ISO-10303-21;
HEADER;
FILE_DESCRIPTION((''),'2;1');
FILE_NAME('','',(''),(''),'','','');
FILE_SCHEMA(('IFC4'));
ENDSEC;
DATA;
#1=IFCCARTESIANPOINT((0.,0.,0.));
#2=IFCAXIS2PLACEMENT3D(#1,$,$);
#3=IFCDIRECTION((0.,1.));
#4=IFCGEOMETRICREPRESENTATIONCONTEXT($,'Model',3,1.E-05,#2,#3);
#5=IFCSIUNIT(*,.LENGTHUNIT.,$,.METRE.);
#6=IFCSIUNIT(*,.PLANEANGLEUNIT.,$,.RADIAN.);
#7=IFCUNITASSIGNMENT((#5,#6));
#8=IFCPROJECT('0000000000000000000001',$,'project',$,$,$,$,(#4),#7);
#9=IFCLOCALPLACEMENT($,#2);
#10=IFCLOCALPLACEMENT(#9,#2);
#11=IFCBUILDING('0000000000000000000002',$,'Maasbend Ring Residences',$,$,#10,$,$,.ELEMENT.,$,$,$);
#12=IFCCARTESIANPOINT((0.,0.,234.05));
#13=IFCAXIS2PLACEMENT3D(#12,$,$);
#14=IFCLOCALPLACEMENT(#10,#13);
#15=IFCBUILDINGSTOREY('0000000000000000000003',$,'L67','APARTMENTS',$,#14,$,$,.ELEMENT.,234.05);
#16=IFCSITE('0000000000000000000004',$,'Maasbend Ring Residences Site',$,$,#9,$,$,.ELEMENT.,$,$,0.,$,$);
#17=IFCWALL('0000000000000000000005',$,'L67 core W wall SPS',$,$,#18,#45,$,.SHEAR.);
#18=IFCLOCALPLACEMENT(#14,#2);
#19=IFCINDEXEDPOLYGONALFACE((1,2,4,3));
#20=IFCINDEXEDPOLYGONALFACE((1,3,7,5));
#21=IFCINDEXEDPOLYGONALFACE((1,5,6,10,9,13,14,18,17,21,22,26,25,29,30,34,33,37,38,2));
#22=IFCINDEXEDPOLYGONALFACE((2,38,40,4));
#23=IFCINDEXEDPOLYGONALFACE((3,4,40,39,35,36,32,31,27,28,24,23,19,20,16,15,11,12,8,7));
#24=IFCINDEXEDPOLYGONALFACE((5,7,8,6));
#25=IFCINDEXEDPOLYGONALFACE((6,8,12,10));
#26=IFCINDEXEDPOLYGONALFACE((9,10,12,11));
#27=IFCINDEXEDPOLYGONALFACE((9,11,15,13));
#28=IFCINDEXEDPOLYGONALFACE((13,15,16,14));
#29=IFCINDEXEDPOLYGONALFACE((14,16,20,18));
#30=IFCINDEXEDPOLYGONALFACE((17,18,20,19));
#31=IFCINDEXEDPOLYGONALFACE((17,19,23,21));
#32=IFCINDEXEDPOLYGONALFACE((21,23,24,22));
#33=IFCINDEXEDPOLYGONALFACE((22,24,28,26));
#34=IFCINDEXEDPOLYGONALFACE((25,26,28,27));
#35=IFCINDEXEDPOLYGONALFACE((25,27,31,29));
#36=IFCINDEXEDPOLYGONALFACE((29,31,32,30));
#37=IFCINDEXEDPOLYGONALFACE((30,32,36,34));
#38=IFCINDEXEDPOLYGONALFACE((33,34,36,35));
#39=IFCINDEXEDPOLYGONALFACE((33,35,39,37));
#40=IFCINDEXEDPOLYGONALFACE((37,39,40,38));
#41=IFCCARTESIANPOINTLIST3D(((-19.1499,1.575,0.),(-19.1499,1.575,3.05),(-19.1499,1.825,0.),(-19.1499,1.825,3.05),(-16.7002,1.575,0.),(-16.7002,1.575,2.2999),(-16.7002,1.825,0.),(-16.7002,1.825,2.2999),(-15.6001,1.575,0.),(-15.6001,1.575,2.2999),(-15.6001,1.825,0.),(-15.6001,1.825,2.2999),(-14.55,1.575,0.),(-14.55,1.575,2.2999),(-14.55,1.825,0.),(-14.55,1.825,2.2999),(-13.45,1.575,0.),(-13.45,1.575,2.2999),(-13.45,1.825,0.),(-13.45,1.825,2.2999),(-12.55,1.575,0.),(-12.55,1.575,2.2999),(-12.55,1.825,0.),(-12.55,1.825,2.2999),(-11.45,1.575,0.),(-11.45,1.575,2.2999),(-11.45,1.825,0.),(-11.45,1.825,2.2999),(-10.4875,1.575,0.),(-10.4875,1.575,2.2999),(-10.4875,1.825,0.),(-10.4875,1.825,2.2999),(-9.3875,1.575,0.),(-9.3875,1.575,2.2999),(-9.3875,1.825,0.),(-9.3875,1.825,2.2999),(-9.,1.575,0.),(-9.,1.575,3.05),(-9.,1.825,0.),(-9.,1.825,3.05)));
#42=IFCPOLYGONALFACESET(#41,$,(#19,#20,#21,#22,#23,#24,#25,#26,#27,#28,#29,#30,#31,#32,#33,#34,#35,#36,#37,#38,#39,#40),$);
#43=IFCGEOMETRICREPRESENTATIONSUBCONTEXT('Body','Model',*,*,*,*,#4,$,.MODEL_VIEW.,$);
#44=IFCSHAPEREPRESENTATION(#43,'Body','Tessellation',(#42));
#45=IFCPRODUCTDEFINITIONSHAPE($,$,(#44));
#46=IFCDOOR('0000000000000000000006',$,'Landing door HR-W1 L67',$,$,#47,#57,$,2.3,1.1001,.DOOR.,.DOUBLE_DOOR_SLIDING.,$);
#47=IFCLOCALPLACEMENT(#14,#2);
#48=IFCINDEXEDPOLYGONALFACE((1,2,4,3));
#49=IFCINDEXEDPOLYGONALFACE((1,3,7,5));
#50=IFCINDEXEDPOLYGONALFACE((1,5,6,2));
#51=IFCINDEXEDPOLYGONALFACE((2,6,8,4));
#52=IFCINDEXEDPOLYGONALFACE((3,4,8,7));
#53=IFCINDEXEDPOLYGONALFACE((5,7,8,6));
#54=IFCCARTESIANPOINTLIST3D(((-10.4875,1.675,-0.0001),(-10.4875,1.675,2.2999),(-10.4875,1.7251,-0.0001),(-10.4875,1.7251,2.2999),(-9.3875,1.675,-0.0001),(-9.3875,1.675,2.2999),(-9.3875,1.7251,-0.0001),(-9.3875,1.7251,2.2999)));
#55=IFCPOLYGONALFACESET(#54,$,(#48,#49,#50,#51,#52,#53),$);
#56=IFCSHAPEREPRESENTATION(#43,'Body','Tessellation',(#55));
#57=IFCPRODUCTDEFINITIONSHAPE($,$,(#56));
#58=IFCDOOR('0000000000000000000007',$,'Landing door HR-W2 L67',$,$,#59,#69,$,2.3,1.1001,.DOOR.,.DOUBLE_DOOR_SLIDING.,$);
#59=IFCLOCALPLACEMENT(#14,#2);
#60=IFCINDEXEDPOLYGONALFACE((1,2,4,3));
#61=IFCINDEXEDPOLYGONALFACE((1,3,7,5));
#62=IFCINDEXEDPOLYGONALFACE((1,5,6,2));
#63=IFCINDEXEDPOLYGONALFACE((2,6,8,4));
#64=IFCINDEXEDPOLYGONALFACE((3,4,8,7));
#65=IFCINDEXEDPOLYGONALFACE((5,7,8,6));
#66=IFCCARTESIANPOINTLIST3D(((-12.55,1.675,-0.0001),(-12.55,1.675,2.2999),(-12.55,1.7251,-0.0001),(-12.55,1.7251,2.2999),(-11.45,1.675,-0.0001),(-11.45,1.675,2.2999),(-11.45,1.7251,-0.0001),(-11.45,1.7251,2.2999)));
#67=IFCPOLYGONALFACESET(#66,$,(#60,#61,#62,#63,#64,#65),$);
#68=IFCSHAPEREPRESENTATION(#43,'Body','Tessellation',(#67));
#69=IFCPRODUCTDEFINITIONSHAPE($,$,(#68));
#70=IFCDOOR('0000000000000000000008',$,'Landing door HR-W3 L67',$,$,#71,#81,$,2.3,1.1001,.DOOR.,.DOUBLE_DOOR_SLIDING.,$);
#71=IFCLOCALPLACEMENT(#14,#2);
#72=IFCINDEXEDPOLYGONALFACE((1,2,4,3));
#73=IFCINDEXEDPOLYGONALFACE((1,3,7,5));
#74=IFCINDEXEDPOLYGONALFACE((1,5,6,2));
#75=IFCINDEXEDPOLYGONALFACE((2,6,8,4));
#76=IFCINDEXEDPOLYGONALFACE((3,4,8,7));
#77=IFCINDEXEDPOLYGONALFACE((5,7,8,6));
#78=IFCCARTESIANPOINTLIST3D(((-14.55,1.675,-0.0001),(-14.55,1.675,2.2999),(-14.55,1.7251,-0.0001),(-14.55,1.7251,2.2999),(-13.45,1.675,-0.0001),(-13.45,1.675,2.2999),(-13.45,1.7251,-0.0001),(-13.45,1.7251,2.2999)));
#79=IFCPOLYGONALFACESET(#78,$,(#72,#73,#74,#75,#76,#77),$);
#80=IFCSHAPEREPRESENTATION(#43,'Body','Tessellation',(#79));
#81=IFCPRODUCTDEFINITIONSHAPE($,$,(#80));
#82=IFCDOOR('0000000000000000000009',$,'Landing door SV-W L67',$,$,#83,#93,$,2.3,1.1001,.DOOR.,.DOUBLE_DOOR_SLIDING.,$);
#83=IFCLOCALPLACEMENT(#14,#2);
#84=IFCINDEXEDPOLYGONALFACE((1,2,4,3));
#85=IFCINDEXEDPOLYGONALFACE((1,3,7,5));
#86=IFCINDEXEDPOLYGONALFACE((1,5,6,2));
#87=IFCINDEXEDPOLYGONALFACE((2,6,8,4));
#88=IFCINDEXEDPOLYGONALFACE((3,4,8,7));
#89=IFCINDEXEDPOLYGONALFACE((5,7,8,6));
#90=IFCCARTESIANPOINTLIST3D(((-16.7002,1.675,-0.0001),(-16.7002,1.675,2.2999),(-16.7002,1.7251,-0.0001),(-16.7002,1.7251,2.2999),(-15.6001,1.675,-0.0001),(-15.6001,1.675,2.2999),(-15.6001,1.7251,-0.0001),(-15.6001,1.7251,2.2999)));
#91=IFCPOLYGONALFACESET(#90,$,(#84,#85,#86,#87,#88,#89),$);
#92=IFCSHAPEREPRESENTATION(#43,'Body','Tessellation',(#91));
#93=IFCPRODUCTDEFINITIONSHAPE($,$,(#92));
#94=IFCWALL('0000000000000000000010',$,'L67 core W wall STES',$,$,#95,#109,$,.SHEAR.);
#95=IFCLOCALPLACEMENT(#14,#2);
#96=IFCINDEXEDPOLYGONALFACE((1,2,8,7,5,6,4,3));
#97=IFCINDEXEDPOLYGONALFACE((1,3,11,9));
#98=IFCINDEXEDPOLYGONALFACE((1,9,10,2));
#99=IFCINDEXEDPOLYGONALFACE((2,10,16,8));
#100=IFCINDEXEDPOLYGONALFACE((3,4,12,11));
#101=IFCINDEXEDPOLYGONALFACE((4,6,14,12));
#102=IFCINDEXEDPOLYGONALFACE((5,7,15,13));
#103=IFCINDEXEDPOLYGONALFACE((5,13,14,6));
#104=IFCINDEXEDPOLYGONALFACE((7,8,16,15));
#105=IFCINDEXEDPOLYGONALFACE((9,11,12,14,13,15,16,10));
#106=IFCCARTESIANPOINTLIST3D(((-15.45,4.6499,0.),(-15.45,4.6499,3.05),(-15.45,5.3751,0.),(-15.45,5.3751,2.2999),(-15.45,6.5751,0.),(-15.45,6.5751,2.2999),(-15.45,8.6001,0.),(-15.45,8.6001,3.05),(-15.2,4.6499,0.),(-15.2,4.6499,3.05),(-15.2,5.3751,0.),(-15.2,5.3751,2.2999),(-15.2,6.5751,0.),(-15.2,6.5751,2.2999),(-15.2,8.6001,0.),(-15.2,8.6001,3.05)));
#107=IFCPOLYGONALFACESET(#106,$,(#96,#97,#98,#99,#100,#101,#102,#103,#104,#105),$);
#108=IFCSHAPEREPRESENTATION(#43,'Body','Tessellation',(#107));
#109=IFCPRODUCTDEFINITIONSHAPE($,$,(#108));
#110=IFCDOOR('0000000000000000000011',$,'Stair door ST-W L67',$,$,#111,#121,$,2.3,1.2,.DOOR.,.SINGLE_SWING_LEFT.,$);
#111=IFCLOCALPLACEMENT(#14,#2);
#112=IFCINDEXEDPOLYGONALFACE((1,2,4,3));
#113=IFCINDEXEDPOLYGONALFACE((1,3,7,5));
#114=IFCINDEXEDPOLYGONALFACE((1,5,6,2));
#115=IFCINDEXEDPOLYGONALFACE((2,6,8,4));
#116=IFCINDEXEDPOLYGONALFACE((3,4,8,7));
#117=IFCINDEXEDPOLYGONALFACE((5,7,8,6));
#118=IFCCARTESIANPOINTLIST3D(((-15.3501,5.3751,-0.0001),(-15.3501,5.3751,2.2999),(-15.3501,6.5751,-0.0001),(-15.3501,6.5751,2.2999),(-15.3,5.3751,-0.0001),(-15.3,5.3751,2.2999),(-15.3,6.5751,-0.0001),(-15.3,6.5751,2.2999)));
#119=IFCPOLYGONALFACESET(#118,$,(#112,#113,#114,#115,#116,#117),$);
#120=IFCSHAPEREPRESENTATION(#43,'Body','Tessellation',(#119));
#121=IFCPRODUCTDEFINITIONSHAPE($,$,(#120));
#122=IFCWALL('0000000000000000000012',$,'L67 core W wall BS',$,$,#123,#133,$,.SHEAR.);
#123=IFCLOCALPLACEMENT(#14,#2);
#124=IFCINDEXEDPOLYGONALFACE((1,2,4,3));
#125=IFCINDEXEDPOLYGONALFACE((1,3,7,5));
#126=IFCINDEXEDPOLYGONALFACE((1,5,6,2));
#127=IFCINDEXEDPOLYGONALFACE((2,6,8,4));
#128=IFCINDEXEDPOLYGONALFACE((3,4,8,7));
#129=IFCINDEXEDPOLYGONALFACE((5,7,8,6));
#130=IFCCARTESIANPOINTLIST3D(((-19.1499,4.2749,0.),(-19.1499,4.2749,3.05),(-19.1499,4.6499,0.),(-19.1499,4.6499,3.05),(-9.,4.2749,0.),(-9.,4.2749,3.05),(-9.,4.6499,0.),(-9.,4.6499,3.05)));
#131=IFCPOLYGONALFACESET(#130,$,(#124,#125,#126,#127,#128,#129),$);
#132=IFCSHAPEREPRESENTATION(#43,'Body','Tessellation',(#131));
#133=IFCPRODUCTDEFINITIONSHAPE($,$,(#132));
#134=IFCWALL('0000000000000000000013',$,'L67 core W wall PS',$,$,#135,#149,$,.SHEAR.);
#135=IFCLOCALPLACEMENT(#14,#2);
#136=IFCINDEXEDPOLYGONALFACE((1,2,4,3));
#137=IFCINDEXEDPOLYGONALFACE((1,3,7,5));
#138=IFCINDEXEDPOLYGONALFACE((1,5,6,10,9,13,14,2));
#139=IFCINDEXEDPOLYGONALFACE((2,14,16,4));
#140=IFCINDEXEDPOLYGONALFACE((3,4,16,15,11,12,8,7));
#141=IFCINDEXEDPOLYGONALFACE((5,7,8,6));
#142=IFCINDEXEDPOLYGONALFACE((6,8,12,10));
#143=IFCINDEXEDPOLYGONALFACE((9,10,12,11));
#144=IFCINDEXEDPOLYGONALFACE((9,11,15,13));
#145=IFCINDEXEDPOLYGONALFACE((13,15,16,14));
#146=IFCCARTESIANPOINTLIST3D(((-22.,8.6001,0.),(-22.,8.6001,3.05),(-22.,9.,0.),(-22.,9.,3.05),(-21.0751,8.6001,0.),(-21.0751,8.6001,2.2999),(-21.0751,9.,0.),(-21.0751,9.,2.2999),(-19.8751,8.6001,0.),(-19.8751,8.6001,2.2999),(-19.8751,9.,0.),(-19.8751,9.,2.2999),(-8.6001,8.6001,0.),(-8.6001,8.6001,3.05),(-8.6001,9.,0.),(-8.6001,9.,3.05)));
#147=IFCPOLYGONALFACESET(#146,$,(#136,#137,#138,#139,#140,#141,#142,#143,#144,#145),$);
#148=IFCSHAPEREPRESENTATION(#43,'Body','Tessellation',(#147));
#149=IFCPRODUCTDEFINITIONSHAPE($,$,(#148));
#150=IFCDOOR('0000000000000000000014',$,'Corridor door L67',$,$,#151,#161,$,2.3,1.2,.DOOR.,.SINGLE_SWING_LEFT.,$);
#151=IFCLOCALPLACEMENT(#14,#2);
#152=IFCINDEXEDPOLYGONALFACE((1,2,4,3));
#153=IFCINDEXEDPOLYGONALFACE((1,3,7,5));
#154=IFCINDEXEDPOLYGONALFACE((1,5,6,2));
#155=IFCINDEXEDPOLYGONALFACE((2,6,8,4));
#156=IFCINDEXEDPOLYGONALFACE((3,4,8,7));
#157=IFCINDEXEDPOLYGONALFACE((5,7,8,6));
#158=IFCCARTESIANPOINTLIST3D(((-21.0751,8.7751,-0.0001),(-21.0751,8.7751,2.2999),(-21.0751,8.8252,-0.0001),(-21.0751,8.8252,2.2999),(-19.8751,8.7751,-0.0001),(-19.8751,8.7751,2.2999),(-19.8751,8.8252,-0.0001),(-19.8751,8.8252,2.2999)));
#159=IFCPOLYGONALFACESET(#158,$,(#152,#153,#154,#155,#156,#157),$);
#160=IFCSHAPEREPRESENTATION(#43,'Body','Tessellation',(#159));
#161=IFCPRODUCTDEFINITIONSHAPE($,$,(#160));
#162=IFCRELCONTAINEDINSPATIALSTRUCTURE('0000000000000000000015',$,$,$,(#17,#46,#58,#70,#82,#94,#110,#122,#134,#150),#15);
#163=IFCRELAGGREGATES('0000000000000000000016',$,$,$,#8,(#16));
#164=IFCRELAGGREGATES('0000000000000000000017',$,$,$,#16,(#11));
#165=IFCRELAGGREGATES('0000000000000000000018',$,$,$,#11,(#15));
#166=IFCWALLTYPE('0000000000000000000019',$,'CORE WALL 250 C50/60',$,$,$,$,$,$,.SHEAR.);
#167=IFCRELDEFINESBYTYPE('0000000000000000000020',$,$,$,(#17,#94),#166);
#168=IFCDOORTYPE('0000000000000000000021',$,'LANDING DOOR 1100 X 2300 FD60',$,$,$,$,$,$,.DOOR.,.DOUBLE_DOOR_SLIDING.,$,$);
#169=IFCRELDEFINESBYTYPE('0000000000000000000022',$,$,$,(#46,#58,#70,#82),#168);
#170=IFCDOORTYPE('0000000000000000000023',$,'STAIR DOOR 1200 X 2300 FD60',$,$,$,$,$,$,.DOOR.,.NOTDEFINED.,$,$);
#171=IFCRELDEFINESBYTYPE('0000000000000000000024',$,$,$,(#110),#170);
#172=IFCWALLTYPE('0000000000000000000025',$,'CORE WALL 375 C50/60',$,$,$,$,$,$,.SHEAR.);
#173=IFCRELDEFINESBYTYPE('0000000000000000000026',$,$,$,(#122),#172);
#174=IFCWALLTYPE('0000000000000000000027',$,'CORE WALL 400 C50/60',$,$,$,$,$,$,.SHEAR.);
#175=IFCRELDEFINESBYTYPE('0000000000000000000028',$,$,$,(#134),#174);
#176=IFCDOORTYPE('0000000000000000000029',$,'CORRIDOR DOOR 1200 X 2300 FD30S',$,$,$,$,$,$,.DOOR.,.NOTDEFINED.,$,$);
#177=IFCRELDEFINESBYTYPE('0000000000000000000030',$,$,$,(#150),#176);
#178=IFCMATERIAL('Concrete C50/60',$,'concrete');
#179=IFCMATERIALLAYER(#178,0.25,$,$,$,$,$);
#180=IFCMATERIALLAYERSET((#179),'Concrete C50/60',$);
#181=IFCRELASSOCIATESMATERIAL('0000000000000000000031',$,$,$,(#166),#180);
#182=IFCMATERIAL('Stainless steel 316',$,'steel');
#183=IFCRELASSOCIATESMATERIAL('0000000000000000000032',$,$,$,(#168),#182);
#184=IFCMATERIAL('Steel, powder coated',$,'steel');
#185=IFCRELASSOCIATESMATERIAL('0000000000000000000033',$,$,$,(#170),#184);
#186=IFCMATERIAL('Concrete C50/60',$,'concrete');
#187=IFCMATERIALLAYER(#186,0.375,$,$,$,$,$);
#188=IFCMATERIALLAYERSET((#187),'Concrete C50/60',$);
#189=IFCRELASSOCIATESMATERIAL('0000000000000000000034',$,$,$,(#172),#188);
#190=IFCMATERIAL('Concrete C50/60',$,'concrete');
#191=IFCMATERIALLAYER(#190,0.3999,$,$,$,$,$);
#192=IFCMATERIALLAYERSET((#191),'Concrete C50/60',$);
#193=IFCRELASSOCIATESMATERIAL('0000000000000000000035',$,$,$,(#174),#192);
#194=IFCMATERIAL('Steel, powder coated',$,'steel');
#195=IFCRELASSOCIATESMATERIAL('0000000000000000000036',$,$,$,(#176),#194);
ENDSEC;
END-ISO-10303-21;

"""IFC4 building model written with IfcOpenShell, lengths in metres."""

from ifc_helpers import new_model, si_unit, direction, frame, frame_2d, origin, place, context, subcontext, project, spatial, rectangle, extrude, material, layer, layer_set, type_object, element, fill, save


model = new_model("IFC4")

# Units and contexts
model_context = context("Model", 3, precision=1e-05, world=origin(), true_north=direction((0.0, 1.0)))
body_context = subcontext(model_context, "Body", "Model", "MODEL_VIEW")
ifc_project = project(units=[si_unit("LENGTHUNIT", "METRE"), si_unit("PLANEANGLEUNIT", "RADIAN")], contexts=[model_context])

# Site, building, storey
site_placement = place(None, origin())
site = spatial("IfcSite", under=ifc_project, at=site_placement, Name="Maasbend Ring Residences Site", CompositionType="ELEMENT", RefElevation=0.0)
building_placement = place(site_placement, origin())
building = spatial("IfcBuilding", under=site, at=building_placement, Name="Maasbend Ring Residences", CompositionType="ELEMENT")
storey_placement = place(building_placement, frame((0.0, 0.0, 234.05)))
storey = spatial("IfcBuildingStorey", under=building, at=storey_placement, Name="L67", Description="APARTMENTS", CompositionType="ELEMENT", Elevation=234.05)

# Wall, openings, doors
ifc_material_1 = material(Name="Concrete C50/60", Category="concrete")
ifc_layer_1 = layer(ifc_material_1, 0.25)
ifc_layer_set_1 = layer_set([ifc_layer_1], Name="Concrete C50/60")
wall_type_1 = type_object("IfcWallType", Name="CORE WALL 250 C50/60", PredefinedType="SHEAR", material=ifc_layer_set_1)
wall_1_placement = place(storey_placement, frame((-9.0, 1.7, 0.0), z_axis=(0.0, 0.0, 1.0), x_axis=(-1.0, 0.0, 0.0)))
wall_1 = element("IfcWall", 1, at=wall_1_placement, inside=storey, type_object=wall_type_1, Name="L67 core W wall SPS", PredefinedType="SHEAR", context=body_context, shape_type="SweptSolid", body=[
    extrude(rectangle(XDim=10.1499, YDim=0.25, at=frame_2d((5.075, 0.0))), origin(), (0.0, 0.0, 1.0), 3.05),
])
opening_1_placement = place(wall_1_placement, frame((0.3875, 0.0, 0.0)))
opening_1 = element("IfcOpeningElement", 2, at=opening_1_placement, cuts=wall_1, PredefinedType="OPENING", context=body_context, shape_type="SweptSolid", body=[
    extrude(rectangle(XDim=1.1001, YDim=2.3, at=frame_2d((0.55, 1.1499))), frame((0.0, 0.135, 0.0), z_axis=(0.0, -1.0, 0.0), x_axis=(1.0, 0.0, 0.0)), (0.0, 0.0, 1.0), 0.27),
])
opening_2_placement = place(wall_1_placement, frame((2.45, 0.0, 0.0)))
opening_2 = element("IfcOpeningElement", 3, at=opening_2_placement, cuts=wall_1, PredefinedType="OPENING", context=body_context, shape_type="SweptSolid", body=[
    extrude(rectangle(XDim=1.1001, YDim=2.3, at=frame_2d((0.55, 1.1499))), frame((0.0, 0.135, 0.0), z_axis=(0.0, -1.0, 0.0), x_axis=(1.0, 0.0, 0.0)), (0.0, 0.0, 1.0), 0.27),
])
opening_3_placement = place(wall_1_placement, frame((4.45, 0.0, 0.0)))
opening_3 = element("IfcOpeningElement", 4, at=opening_3_placement, cuts=wall_1, PredefinedType="OPENING", context=body_context, shape_type="SweptSolid", body=[
    extrude(rectangle(XDim=1.1001, YDim=2.3, at=frame_2d((0.55, 1.1499))), frame((0.0, 0.135, 0.0), z_axis=(0.0, -1.0, 0.0), x_axis=(1.0, 0.0, 0.0)), (0.0, 0.0, 1.0), 0.27),
])
opening_4_placement = place(wall_1_placement, frame((6.6001, 0.0, 0.0)))
opening_4 = element("IfcOpeningElement", 5, at=opening_4_placement, cuts=wall_1, PredefinedType="OPENING", context=body_context, shape_type="SweptSolid", body=[
    extrude(rectangle(XDim=1.1001, YDim=2.3, at=frame_2d((0.55, 1.1499))), frame((0.0, 0.135, 0.0), z_axis=(0.0, -1.0, 0.0), x_axis=(1.0, 0.0, 0.0)), (0.0, 0.0, 1.0), 0.27),
])
ifc_material_2 = material(Name="Stainless steel 316", Category="steel")
door_type_1 = type_object("IfcDoorType", Name="LANDING DOOR 1100 X 2300 FD60", OperationType="DOUBLE_DOOR_SLIDING", PredefinedType="DOOR", material=ifc_material_2)
door_1_placement = place(opening_1_placement, origin())
door_1 = element("IfcDoor", 6, at=door_1_placement, inside=storey, type_object=door_type_1, Name="Landing door HR-W1 L67", OperationType="DOUBLE_DOOR_SLIDING", OverallHeight=2.3, OverallWidth=1.1001, PredefinedType="DOOR", context=body_context, shape_type="SweptSolid", body=[
    extrude(rectangle(XDim=1.1001, YDim=2.3, at=frame_2d((0.55, 1.1499))), frame((0.0, 0.0249, 0.0), z_axis=(0.0, -1.0, 0.0), x_axis=(1.0, 0.0, 0.0)), (0.0, 0.0, 1.0), 0.05),
])
fill(opening_1, door_1)
door_2_placement = place(opening_2_placement, origin())
door_2 = element("IfcDoor", 7, at=door_2_placement, inside=storey, type_object=door_type_1, Name="Landing door HR-W2 L67", OperationType="DOUBLE_DOOR_SLIDING", OverallHeight=2.3, OverallWidth=1.1001, PredefinedType="DOOR", context=body_context, shape_type="SweptSolid", body=[
    extrude(rectangle(XDim=1.1001, YDim=2.3, at=frame_2d((0.55, 1.1499))), frame((0.0, 0.0249, 0.0), z_axis=(0.0, -1.0, 0.0), x_axis=(1.0, 0.0, 0.0)), (0.0, 0.0, 1.0), 0.05),
])
fill(opening_2, door_2)
door_3_placement = place(opening_3_placement, origin())
door_3 = element("IfcDoor", 8, at=door_3_placement, inside=storey, type_object=door_type_1, Name="Landing door HR-W3 L67", OperationType="DOUBLE_DOOR_SLIDING", OverallHeight=2.3, OverallWidth=1.1001, PredefinedType="DOOR", context=body_context, shape_type="SweptSolid", body=[
    extrude(rectangle(XDim=1.1001, YDim=2.3, at=frame_2d((0.55, 1.1499))), frame((0.0, 0.0249, 0.0), z_axis=(0.0, -1.0, 0.0), x_axis=(1.0, 0.0, 0.0)), (0.0, 0.0, 1.0), 0.05),
])
fill(opening_3, door_3)
door_4_placement = place(opening_4_placement, origin())
door_4 = element("IfcDoor", 9, at=door_4_placement, inside=storey, type_object=door_type_1, Name="Landing door SV-W L67", OperationType="DOUBLE_DOOR_SLIDING", OverallHeight=2.3, OverallWidth=1.1001, PredefinedType="DOOR", context=body_context, shape_type="SweptSolid", body=[
    extrude(rectangle(XDim=1.1001, YDim=2.3, at=frame_2d((0.55, 1.1499))), frame((0.0, 0.0249, 0.0), z_axis=(0.0, -1.0, 0.0), x_axis=(1.0, 0.0, 0.0)), (0.0, 0.0, 1.0), 0.05),
])
fill(opening_4, door_4)

# Wall, opening, door
wall_2_placement = place(storey_placement, frame((-15.325, 8.6001, 0.0), z_axis=(0.0, 0.0, 1.0), x_axis=(0.0, -1.0, 0.0)))
wall_2 = element("IfcWall", 10, at=wall_2_placement, inside=storey, type_object=wall_type_1, Name="L67 core W wall STES", PredefinedType="SHEAR", context=body_context, shape_type="SweptSolid", body=[
    extrude(rectangle(XDim=3.9502, YDim=0.25, at=frame_2d((1.9751, 0.0))), origin(), (0.0, 0.0, 1.0), 3.05),
])
opening_5_placement = place(wall_2_placement, frame((2.0249, 0.0, 0.0)))
opening_5 = element("IfcOpeningElement", 11, at=opening_5_placement, cuts=wall_2, PredefinedType="OPENING", context=body_context, shape_type="SweptSolid", body=[
    extrude(rectangle(XDim=1.2, YDim=2.3, at=frame_2d((0.6001, 1.1499))), frame((0.0, 0.135, 0.0), z_axis=(0.0, -1.0, 0.0), x_axis=(1.0, 0.0, 0.0)), (0.0, 0.0, 1.0), 0.27),
])
ifc_material_3 = material(Name="Steel, powder coated", Category="steel")
door_type_2 = type_object("IfcDoorType", Name="STAIR DOOR 1200 X 2300 FD60", OperationType="NOTDEFINED", PredefinedType="DOOR", material=ifc_material_3)
door_5_placement = place(opening_5_placement, origin())
door_5 = element("IfcDoor", 12, at=door_5_placement, inside=storey, type_object=door_type_2, Name="Stair door ST-W L67", OperationType="SINGLE_SWING_LEFT", OverallHeight=2.3, OverallWidth=1.2, PredefinedType="DOOR", context=body_context, shape_type="SweptSolid", body=[
    extrude(rectangle(XDim=1.2, YDim=2.3, at=frame_2d((0.6001, 1.1499))), frame((0.0, 0.0249, 0.0), z_axis=(0.0, -1.0, 0.0), x_axis=(1.0, 0.0, 0.0)), (0.0, 0.0, 1.0), 0.05),
])
fill(opening_5, door_5)

# Wall
ifc_material_4 = material(Name="Concrete C50/60", Category="concrete")
ifc_layer_2 = layer(ifc_material_4, 0.375)
ifc_layer_set_2 = layer_set([ifc_layer_2], Name="Concrete C50/60")
wall_type_2 = type_object("IfcWallType", Name="CORE WALL 375 C50/60", PredefinedType="SHEAR", material=ifc_layer_set_2)
wall_3_placement = place(storey_placement, frame((-9.0, 4.4624, 0.0), z_axis=(0.0, 0.0, 1.0), x_axis=(-1.0, 0.0, 0.0)))
element("IfcWall", 13, at=wall_3_placement, inside=storey, type_object=wall_type_2, Name="L67 core W wall BS", PredefinedType="SHEAR", context=body_context, shape_type="SweptSolid", body=[
    extrude(rectangle(XDim=10.1499, YDim=0.375, at=frame_2d((5.075, 0.0))), origin(), (0.0, 0.0, 1.0), 3.05),
])

# Wall, opening, door
ifc_material_5 = material(Name="Concrete C50/60", Category="concrete")
ifc_layer_3 = layer(ifc_material_5, 0.3999)
ifc_layer_set_3 = layer_set([ifc_layer_3], Name="Concrete C50/60")
wall_type_3 = type_object("IfcWallType", Name="CORE WALL 400 C50/60", PredefinedType="SHEAR", material=ifc_layer_set_3)
wall_4_placement = place(storey_placement, frame((-8.6001, 8.8, 0.0), z_axis=(0.0, 0.0, 1.0), x_axis=(-1.0, 0.0, 0.0)))
wall_4 = element("IfcWall", 14, at=wall_4_placement, inside=storey, type_object=wall_type_3, Name="L67 core W wall PS", PredefinedType="SHEAR", context=body_context, shape_type="SweptSolid", body=[
    extrude(rectangle(XDim=13.3999, YDim=0.3999, at=frame_2d((6.7, 0.0))), origin(), (0.0, 0.0, 1.0), 3.05),
])
opening_6_placement = place(wall_4_placement, frame((11.2749, 0.0, 0.0)))
opening_6 = element("IfcOpeningElement", 15, at=opening_6_placement, cuts=wall_4, PredefinedType="OPENING", context=body_context, shape_type="SweptSolid", body=[
    extrude(rectangle(XDim=1.2, YDim=2.3, at=frame_2d((0.6001, 1.1499))), frame((0.0, 0.21, 0.0), z_axis=(0.0, -1.0, 0.0), x_axis=(1.0, 0.0, 0.0)), (0.0, 0.0, 1.0), 0.4199),
])
ifc_material_6 = material(Name="Steel, powder coated", Category="steel")
door_type_3 = type_object("IfcDoorType", Name="CORRIDOR DOOR 1200 X 2300 FD30S", OperationType="NOTDEFINED", PredefinedType="DOOR", material=ifc_material_6)
door_6_placement = place(opening_6_placement, origin())
door_6 = element("IfcDoor", 16, at=door_6_placement, inside=storey, type_object=door_type_3, Name="Corridor door L67", OperationType="SINGLE_SWING_LEFT", OverallHeight=2.3, OverallWidth=1.2, PredefinedType="DOOR", context=body_context, shape_type="SweptSolid", body=[
    extrude(rectangle(XDim=1.2, YDim=2.3, at=frame_2d((0.6001, 1.1499))), frame((0.0, 0.0249, 0.0), z_axis=(0.0, -1.0, 0.0), x_axis=(1.0, 0.0, 0.0)), (0.0, 0.0, 1.0), 0.05),
])
fill(opening_6, door_6)

save(model, "model.ifc")
